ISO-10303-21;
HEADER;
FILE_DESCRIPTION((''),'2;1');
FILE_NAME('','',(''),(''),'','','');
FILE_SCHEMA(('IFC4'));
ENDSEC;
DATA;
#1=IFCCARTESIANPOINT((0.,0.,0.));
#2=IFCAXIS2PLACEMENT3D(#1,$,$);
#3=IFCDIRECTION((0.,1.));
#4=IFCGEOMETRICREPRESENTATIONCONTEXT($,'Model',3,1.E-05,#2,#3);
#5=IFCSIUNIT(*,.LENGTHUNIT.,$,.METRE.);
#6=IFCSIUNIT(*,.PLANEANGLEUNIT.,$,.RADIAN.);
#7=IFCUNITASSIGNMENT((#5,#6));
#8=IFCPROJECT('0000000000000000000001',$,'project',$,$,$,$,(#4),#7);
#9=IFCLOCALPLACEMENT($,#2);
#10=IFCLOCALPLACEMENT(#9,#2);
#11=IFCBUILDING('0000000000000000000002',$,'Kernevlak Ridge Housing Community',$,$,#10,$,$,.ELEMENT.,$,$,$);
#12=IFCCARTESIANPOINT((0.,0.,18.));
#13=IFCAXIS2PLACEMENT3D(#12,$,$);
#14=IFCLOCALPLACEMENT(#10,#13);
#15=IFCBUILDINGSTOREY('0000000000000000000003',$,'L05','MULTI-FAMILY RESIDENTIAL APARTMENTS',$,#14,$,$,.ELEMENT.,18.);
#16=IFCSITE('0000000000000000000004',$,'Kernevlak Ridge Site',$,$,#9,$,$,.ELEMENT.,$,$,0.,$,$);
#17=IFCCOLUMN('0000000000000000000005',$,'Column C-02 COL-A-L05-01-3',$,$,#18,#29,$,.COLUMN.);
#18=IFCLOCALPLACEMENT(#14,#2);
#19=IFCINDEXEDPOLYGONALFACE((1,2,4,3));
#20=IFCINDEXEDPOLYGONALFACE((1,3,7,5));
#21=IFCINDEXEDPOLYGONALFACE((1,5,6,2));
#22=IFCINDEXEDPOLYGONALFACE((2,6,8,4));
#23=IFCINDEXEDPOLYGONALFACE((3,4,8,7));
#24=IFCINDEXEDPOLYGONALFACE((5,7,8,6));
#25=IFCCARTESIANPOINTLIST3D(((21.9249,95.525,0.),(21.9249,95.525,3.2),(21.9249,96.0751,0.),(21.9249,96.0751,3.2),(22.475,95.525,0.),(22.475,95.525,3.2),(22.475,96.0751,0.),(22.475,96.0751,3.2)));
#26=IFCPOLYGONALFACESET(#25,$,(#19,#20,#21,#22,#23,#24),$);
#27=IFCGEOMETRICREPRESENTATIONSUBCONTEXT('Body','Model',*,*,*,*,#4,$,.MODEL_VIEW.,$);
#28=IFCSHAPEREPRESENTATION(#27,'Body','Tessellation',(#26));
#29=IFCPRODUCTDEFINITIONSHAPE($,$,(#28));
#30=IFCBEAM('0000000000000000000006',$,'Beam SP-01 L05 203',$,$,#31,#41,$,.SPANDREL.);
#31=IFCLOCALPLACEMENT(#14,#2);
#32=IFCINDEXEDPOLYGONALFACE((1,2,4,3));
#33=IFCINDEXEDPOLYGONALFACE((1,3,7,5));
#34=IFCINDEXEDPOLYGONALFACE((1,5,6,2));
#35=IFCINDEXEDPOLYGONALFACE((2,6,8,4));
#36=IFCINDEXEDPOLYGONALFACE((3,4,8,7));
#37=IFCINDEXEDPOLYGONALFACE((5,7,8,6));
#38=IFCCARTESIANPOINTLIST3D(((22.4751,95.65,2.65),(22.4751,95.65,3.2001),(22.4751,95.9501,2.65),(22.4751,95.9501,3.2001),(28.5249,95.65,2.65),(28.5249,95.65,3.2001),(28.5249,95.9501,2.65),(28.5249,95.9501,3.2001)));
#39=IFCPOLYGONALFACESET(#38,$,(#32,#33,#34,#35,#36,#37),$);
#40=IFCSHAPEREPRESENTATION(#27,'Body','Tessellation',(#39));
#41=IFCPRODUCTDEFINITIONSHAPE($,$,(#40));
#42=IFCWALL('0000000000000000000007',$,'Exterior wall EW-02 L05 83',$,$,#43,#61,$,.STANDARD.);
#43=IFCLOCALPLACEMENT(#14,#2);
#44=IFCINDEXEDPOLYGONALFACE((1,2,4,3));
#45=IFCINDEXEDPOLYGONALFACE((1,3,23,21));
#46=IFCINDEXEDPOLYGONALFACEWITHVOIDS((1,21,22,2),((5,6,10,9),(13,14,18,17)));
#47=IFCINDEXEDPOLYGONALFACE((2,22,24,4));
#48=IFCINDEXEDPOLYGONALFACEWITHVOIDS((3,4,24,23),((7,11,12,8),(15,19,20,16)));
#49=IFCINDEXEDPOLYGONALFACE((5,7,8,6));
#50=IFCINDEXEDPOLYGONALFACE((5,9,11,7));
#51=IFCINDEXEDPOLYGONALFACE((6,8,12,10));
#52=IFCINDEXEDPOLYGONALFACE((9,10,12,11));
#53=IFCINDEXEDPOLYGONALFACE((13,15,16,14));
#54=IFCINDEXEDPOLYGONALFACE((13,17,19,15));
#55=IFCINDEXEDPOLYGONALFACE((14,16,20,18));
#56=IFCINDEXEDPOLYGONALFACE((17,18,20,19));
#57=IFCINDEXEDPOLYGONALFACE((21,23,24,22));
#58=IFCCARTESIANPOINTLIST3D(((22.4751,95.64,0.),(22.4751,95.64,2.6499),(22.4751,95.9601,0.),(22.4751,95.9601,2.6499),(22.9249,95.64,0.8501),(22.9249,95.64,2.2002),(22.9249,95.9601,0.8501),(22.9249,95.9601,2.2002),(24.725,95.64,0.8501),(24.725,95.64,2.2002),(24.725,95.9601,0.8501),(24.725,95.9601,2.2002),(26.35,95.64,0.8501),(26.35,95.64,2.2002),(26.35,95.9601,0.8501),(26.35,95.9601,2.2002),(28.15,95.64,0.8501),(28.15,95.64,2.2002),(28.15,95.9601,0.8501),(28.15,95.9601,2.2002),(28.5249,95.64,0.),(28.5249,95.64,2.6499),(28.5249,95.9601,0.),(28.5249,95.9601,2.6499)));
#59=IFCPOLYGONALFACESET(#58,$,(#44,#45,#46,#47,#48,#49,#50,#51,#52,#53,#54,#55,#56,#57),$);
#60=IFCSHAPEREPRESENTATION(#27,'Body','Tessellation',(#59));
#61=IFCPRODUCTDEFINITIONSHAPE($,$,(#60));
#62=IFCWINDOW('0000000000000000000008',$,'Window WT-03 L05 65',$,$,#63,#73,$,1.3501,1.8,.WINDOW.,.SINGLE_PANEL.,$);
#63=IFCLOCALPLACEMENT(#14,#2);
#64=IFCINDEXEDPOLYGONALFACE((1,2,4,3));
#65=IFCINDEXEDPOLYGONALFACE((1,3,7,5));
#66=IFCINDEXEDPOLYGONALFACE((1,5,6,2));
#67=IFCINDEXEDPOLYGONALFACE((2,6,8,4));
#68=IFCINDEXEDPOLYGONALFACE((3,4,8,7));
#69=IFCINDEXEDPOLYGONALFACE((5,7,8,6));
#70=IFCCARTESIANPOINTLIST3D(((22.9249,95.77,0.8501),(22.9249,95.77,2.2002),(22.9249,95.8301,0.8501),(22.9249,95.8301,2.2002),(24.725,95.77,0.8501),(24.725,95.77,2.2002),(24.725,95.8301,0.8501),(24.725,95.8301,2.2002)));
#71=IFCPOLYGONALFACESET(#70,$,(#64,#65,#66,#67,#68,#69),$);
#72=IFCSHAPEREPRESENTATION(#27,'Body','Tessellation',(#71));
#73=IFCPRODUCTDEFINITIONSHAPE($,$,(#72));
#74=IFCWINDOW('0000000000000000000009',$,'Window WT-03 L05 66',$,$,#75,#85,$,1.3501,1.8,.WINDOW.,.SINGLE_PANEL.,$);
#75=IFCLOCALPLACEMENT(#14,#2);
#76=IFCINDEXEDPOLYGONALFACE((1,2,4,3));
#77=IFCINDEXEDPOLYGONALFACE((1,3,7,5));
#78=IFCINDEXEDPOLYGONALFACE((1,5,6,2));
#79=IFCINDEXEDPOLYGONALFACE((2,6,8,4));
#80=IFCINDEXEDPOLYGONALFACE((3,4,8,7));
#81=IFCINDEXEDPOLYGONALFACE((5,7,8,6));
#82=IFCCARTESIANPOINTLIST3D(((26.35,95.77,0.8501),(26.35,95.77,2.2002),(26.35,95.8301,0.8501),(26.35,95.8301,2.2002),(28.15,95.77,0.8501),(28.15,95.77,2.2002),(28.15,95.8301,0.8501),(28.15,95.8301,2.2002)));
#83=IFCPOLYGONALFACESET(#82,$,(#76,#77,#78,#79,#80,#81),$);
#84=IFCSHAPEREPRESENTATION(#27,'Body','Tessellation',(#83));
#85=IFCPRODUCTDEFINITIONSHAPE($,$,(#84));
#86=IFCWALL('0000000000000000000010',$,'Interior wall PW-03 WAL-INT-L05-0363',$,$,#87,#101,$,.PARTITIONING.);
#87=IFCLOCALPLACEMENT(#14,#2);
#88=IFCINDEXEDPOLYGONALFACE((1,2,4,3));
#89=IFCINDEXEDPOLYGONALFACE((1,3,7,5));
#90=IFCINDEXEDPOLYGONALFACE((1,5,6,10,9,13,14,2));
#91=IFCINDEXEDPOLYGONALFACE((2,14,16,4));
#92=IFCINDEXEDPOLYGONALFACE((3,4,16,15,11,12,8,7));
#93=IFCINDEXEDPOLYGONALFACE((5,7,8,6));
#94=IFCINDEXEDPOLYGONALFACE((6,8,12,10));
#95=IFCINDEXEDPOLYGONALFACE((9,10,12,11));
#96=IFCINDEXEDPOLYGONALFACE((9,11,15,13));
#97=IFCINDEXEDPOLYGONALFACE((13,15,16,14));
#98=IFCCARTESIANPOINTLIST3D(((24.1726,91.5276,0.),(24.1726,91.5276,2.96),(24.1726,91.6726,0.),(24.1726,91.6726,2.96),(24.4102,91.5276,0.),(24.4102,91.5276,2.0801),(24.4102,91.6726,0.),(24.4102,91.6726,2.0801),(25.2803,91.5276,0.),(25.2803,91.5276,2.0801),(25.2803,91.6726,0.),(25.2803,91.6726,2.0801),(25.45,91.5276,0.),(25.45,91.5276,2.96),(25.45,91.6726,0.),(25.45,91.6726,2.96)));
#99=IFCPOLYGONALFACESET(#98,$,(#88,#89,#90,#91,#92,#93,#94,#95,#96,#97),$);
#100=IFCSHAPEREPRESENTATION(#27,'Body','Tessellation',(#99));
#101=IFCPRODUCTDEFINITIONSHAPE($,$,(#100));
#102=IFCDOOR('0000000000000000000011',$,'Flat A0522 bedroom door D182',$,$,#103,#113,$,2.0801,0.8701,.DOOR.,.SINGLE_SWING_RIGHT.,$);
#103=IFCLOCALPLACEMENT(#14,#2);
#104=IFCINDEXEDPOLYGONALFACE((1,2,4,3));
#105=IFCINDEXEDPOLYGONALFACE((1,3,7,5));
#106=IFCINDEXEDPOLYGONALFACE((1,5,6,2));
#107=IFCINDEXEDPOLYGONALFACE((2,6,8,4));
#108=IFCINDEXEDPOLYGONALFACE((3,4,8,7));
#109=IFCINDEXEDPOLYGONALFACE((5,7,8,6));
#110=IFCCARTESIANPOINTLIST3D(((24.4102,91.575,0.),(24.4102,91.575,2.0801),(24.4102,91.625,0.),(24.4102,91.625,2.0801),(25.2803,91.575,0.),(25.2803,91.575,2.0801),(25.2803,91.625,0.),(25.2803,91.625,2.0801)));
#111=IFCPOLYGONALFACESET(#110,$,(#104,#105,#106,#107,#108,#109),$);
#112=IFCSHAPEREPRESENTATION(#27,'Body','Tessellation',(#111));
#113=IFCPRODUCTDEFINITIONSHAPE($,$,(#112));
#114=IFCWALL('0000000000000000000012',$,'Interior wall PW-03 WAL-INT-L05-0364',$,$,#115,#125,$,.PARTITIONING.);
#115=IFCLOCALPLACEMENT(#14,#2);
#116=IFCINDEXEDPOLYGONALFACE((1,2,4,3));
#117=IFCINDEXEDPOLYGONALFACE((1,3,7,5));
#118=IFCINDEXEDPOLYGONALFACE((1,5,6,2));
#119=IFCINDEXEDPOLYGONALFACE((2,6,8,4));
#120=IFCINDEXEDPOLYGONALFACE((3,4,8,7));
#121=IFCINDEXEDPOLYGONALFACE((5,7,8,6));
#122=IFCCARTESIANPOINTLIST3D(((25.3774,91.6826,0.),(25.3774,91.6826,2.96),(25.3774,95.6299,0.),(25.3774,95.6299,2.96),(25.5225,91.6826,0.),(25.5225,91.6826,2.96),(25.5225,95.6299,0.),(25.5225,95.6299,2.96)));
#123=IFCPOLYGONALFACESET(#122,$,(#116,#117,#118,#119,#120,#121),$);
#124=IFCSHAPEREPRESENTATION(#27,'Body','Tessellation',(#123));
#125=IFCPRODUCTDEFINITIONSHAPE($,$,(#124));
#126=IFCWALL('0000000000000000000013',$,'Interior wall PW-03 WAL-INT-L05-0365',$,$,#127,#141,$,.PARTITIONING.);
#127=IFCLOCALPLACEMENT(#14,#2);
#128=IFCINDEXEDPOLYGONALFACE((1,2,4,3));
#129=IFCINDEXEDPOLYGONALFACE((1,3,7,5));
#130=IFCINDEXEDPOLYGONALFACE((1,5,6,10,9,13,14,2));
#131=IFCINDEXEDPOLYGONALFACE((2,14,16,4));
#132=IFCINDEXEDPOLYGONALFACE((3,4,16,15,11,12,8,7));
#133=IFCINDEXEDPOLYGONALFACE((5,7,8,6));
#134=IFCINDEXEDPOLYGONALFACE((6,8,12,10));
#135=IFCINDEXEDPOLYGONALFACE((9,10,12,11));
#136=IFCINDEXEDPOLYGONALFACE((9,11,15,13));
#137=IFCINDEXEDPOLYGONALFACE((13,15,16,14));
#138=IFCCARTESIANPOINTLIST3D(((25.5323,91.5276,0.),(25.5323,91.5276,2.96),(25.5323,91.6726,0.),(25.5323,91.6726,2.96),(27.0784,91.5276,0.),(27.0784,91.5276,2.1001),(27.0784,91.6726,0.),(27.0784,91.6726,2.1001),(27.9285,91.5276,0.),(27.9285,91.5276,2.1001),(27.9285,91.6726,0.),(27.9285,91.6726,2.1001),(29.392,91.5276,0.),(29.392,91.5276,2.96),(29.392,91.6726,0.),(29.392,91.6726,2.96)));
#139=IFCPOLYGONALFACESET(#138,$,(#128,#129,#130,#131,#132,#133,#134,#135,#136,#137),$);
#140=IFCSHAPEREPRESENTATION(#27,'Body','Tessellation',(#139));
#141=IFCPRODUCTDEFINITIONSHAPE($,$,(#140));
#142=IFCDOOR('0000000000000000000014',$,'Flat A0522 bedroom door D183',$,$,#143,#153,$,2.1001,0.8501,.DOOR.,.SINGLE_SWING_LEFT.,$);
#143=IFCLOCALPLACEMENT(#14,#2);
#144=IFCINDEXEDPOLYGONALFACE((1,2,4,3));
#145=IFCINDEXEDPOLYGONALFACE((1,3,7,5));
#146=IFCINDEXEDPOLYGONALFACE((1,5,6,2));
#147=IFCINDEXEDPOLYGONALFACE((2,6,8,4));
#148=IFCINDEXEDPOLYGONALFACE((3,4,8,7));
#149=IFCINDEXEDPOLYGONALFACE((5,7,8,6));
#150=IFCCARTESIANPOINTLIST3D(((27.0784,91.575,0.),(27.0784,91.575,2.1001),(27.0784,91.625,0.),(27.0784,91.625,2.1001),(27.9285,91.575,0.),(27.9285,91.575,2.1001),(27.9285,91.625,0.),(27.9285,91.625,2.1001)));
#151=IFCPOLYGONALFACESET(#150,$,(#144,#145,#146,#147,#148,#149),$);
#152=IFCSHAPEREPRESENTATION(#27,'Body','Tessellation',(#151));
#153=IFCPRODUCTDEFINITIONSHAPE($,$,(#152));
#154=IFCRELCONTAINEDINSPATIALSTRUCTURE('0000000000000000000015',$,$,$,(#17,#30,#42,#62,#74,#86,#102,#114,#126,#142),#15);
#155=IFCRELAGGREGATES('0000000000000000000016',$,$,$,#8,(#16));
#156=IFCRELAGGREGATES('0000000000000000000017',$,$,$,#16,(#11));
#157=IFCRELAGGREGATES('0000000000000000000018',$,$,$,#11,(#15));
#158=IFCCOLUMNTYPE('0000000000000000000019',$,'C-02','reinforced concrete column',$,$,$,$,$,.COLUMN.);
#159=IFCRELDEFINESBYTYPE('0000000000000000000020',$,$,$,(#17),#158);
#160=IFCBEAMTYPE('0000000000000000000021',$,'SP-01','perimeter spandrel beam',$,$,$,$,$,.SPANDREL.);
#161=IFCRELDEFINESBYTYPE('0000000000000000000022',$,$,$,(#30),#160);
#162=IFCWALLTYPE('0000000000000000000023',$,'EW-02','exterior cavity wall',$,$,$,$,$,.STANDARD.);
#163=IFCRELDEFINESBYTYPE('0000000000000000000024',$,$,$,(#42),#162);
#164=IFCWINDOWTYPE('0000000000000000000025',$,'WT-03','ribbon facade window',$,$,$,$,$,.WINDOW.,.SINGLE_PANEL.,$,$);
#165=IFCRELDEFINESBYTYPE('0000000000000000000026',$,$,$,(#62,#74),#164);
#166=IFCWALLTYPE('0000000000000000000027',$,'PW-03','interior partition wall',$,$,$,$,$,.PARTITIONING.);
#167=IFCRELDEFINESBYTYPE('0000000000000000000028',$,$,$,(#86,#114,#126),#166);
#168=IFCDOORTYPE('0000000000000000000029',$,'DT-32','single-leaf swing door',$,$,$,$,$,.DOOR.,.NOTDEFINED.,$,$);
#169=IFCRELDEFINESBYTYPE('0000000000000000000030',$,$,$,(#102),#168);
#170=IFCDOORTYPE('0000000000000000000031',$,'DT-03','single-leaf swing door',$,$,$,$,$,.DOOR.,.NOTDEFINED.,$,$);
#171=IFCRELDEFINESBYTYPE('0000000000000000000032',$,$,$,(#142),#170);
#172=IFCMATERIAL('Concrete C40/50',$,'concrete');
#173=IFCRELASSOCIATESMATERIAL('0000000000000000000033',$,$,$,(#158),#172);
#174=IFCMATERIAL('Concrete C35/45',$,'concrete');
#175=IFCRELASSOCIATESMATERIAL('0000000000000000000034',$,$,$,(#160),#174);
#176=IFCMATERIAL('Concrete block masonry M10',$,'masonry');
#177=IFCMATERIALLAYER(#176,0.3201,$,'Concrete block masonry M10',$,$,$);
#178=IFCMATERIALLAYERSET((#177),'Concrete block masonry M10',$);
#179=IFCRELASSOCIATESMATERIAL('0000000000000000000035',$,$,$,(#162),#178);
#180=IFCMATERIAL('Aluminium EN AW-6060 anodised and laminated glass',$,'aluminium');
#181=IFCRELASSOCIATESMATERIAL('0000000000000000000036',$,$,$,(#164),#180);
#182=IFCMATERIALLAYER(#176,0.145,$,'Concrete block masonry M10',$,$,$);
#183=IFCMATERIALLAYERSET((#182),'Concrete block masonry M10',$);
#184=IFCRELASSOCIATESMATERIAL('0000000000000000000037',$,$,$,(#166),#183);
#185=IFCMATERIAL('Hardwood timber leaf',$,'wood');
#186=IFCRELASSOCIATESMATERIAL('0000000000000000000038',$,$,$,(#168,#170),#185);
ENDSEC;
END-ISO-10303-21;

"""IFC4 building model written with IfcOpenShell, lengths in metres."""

from ifc_helpers import new_model, si_unit, direction, frame, frame_2d, origin, origin_2d, place, context, subcontext, project, spatial, rectangle, extrude, material, layer, layer_set, material_profile, profile_set, type_object, element, fill, save


model = new_model("IFC4")

# Units and contexts
model_context = context("Model", 3, precision=1e-05, world=origin(), true_north=direction((0.0, 1.0)))
body_context = subcontext(model_context, "Body", "Model", "MODEL_VIEW")
ifc_project = project(units=[si_unit("LENGTHUNIT", "METRE"), si_unit("PLANEANGLEUNIT", "RADIAN")], contexts=[model_context])

# Site, building, storey
site_placement = place(None, origin())
site = spatial("IfcSite", under=ifc_project, at=site_placement, Name="Kernevlak Ridge Site", CompositionType="ELEMENT", RefElevation=0.0)
building_placement = place(site_placement, origin())
building = spatial("IfcBuilding", under=site, at=building_placement, Name="Kernevlak Ridge Housing Community", CompositionType="ELEMENT")
storey_placement = place(building_placement, frame((0.0, 0.0, 18.0)))
storey = spatial("IfcBuildingStorey", under=building, at=storey_placement, Name="L05", Description="MULTI-FAMILY RESIDENTIAL APARTMENTS", CompositionType="ELEMENT", Elevation=18.0)

# Column
ifc_material_1 = material(Name="Concrete C40/50", Category="concrete")
ifc_material_profile_1 = material_profile(ifc_material_1, rectangle(XDim=0.55, YDim=0.55, at=origin_2d()), Name="RC 550x550")
ifc_profile_set_1 = profile_set([ifc_material_profile_1], Name="Concrete C40/50")
column_type = type_object("IfcColumnType", Name="C-02", Description="reinforced concrete column", PredefinedType="COLUMN", material=ifc_profile_set_1)
column_placement = place(storey_placement, frame((22.2, 95.8, 0.0), z_axis=(0.0, 0.0, 1.0), x_axis=(1.0, 0.0, 0.0)))
element("IfcColumn", 1, at=column_placement, inside=storey, type_object=column_type, Name="Column C-02 COL-A-L05-01-3", PredefinedType="COLUMN", context=body_context, shape_type="SweptSolid", body=[
    extrude(rectangle(XDim=0.55, YDim=0.55, at=origin_2d()), origin(), (0.0, 0.0, 1.0), 3.2),
])

# Beam
ifc_material_2 = material(Name="Concrete C35/45", Category="concrete")
ifc_material_profile_2 = material_profile(ifc_material_2, rectangle(XDim=0.3, YDim=0.55, at=origin_2d()), Name="RC 300x550")
ifc_profile_set_2 = profile_set([ifc_material_profile_2], Name="Concrete C35/45")
beam_type = type_object("IfcBeamType", Name="SP-01", Description="perimeter spandrel beam", PredefinedType="SPANDREL", material=ifc_profile_set_2)
beam_placement = place(storey_placement, frame((22.4751, 95.8, 2.925), z_axis=(1.0, 0.0, 0.0), x_axis=(0.0, 1.0, 0.0)))
element("IfcBeam", 2, at=beam_placement, inside=storey, type_object=beam_type, Name="Beam SP-01 L05 203", PredefinedType="SPANDREL", context=body_context, shape_type="SweptSolid", body=[
    extrude(rectangle(XDim=0.3, YDim=0.55, at=origin_2d()), origin(), (0.0, 0.0, 1.0), 6.0498),
])

# Wall, openings, windows
ifc_material_3 = material(Name="Concrete block masonry M10", Category="masonry")
ifc_layer_1 = layer(ifc_material_3, 0.3201, Name="Concrete block masonry M10")
ifc_layer_set_1 = layer_set([ifc_layer_1], Name="Concrete block masonry M10")
wall_type_1 = type_object("IfcWallType", Name="EW-02", Description="exterior cavity wall", PredefinedType="STANDARD", material=ifc_layer_set_1)
wall_1_placement = place(storey_placement, frame((22.4751, 95.8, 0.0), z_axis=(0.0, 0.0, 1.0), x_axis=(1.0, 0.0, 0.0)))
wall_1 = element("IfcWall", 3, at=wall_1_placement, inside=storey, type_object=wall_type_1, Name="Exterior wall EW-02 L05 83", PredefinedType="STANDARD", context=body_context, shape_type="SweptSolid", body=[
    extrude(rectangle(XDim=6.0498, YDim=0.3201, at=frame_2d((3.0249, 0.0))), origin(), (0.0, 0.0, 1.0), 2.6499),
])
opening_1_placement = place(wall_1_placement, frame((0.45, 0.0, 0.8501)))
opening_1 = element("IfcOpeningElement", 4, at=opening_1_placement, cuts=wall_1, PredefinedType="OPENING", context=body_context, shape_type="SweptSolid", body=[
    extrude(rectangle(XDim=1.8, YDim=1.3501, at=frame_2d((0.8999, 0.675))), frame((0.0, 0.1699, 0.0), z_axis=(0.0, -1.0, 0.0), x_axis=(1.0, 0.0, 0.0)), (0.0, 0.0, 1.0), 0.3401),
])
opening_2_placement = place(wall_1_placement, frame((3.875, 0.0, 0.8501)))
opening_2 = element("IfcOpeningElement", 5, at=opening_2_placement, cuts=wall_1, PredefinedType="OPENING", context=body_context, shape_type="SweptSolid", body=[
    extrude(rectangle(XDim=1.8, YDim=1.3501, at=frame_2d((0.8999, 0.675))), frame((0.0, 0.1699, 0.0), z_axis=(0.0, -1.0, 0.0), x_axis=(1.0, 0.0, 0.0)), (0.0, 0.0, 1.0), 0.3401),
])
ifc_material_4 = material(Name="Aluminium EN AW-6060 anodised and laminated glass", Category="aluminium")
window_type = type_object("IfcWindowType", Name="WT-03", Description="ribbon facade window", PartitioningType="SINGLE_PANEL", PredefinedType="WINDOW", material=ifc_material_4)
window_1_placement = place(opening_1_placement, origin())
window_1 = element("IfcWindow", 6, at=window_1_placement, inside=storey, type_object=window_type, Name="Window WT-03 L05 65", OverallHeight=1.3501, OverallWidth=1.8, PartitioningType="SINGLE_PANEL", PredefinedType="WINDOW", context=body_context, shape_type="SweptSolid", body=[
    extrude(rectangle(XDim=1.8, YDim=1.3501, at=frame_2d((0.8999, 0.675))), frame((0.0, 0.03, 0.0), z_axis=(0.0, -1.0, 0.0), x_axis=(1.0, 0.0, 0.0)), (0.0, 0.0, 1.0), 0.0601),
])
fill(opening_1, window_1)
window_2_placement = place(opening_2_placement, origin())
window_2 = element("IfcWindow", 7, at=window_2_placement, inside=storey, type_object=window_type, Name="Window WT-03 L05 66", OverallHeight=1.3501, OverallWidth=1.8, PartitioningType="SINGLE_PANEL", PredefinedType="WINDOW", context=body_context, shape_type="SweptSolid", body=[
    extrude(rectangle(XDim=1.8, YDim=1.3501, at=frame_2d((0.8999, 0.675))), frame((0.0, 0.03, 0.0), z_axis=(0.0, -1.0, 0.0), x_axis=(1.0, 0.0, 0.0)), (0.0, 0.0, 1.0), 0.0601),
])
fill(opening_2, window_2)

# Wall, opening, door
ifc_layer_2 = layer(ifc_material_3, 0.145, Name="Concrete block masonry M10")
ifc_layer_set_2 = layer_set([ifc_layer_2], Name="Concrete block masonry M10")
wall_type_2 = type_object("IfcWallType", Name="PW-03", Description="interior partition wall", PredefinedType="PARTITIONING", material=ifc_layer_set_2)
wall_2_placement = place(storey_placement, frame((24.1726, 91.6001, 0.0), z_axis=(0.0, 0.0, 1.0), x_axis=(1.0, 0.0, 0.0)))
wall_2 = element("IfcWall", 8, at=wall_2_placement, inside=storey, type_object=wall_type_2, Name="Interior wall PW-03 WAL-INT-L05-0363", PredefinedType="PARTITIONING", context=body_context, shape_type="SweptSolid", body=[
    extrude(rectangle(XDim=1.2773, YDim=0.145, at=frame_2d((0.6387, 0.0))), origin(), (0.0, 0.0, 1.0), 2.96),
])
opening_3_placement = place(wall_2_placement, frame((0.2375, 0.0, 0.0)))
opening_3 = element("IfcOpeningElement", 9, at=opening_3_placement, cuts=wall_2, PredefinedType="OPENING", context=body_context, shape_type="SweptSolid", body=[
    extrude(rectangle(XDim=0.8701, YDim=2.0801, at=frame_2d((0.4351, 1.04))), frame((0.0, 0.0825, 0.0), z_axis=(0.0, -1.0, 0.0), x_axis=(1.0, 0.0, 0.0)), (0.0, 0.0, 1.0), 0.165),
])
ifc_material_5 = material(Name="Hardwood timber leaf", Category="wood")
door_type_1 = type_object("IfcDoorType", Name="DT-32", Description="single-leaf swing door", OperationType="NOTDEFINED", PredefinedType="DOOR", material=ifc_material_5)
door_1_placement = place(opening_3_placement, origin())
door_1 = element("IfcDoor", 10, at=door_1_placement, inside=storey, type_object=door_type_1, Name="Flat A0522 bedroom door D182", OperationType="SINGLE_SWING_RIGHT", OverallHeight=2.0801, OverallWidth=0.8701, PredefinedType="DOOR", context=body_context, shape_type="SweptSolid", body=[
    extrude(rectangle(XDim=0.8701, YDim=2.0801, at=frame_2d((0.4351, 1.04))), frame((0.0, 0.0249, 0.0), z_axis=(0.0, -1.0, 0.0), x_axis=(1.0, 0.0, 0.0)), (0.0, 0.0, 1.0), 0.05),
])
fill(opening_3, door_1)

# Wall
wall_3_placement = place(storey_placement, frame((25.45, 91.6826, 0.0), z_axis=(0.0, 0.0, 1.0), x_axis=(0.0, 1.0, 0.0)))
element("IfcWall", 11, at=wall_3_placement, inside=storey, type_object=wall_type_2, Name="Interior wall PW-03 WAL-INT-L05-0364", PredefinedType="PARTITIONING", context=body_context, shape_type="SweptSolid", body=[
    extrude(rectangle(XDim=3.9473, YDim=0.145, at=frame_2d((1.9736, 0.0))), origin(), (0.0, 0.0, 1.0), 2.96),
])

# Wall, opening, door
wall_4_placement = place(storey_placement, frame((25.5325, 91.6001, 0.0), z_axis=(0.0, 0.0, 1.0), x_axis=(1.0, 0.0, 0.0)))
wall_4 = element("IfcWall", 12, at=wall_4_placement, inside=storey, type_object=wall_type_2, Name="Interior wall PW-03 WAL-INT-L05-0365", PredefinedType="PARTITIONING", context=body_context, shape_type="SweptSolid", body=[
    extrude(rectangle(XDim=3.8596, YDim=0.145, at=frame_2d((1.9297, 0.0))), origin(), (0.0, 0.0, 1.0), 2.96),
])
opening_4_placement = place(wall_4_placement, frame((1.5459, 0.0, 0.0)))
opening_4 = element("IfcOpeningElement", 13, at=opening_4_placement, cuts=wall_4, PredefinedType="OPENING", context=body_context, shape_type="SweptSolid", body=[
    extrude(rectangle(XDim=0.8501, YDim=2.1001, at=frame_2d((0.425, 1.05))), frame((0.0, 0.0825, 0.0), z_axis=(0.0, -1.0, 0.0), x_axis=(1.0, 0.0, 0.0)), (0.0, 0.0, 1.0), 0.165),
])
door_type_2 = type_object("IfcDoorType", Name="DT-03", Description="single-leaf swing door", OperationType="NOTDEFINED", PredefinedType="DOOR", material=ifc_material_5)
door_2_placement = place(opening_4_placement, origin())
door_2 = element("IfcDoor", 14, at=door_2_placement, inside=storey, type_object=door_type_2, Name="Flat A0522 bedroom door D183", OperationType="SINGLE_SWING_LEFT", OverallHeight=2.1001, OverallWidth=0.8501, PredefinedType="DOOR", context=body_context, shape_type="SweptSolid", body=[
    extrude(rectangle(XDim=0.8501, YDim=2.1001, at=frame_2d((0.425, 1.05))), frame((0.0, 0.0249, 0.0), z_axis=(0.0, -1.0, 0.0), x_axis=(1.0, 0.0, 0.0)), (0.0, 0.0, 1.0), 0.05),
])
fill(opening_4, door_2)

save(model, "model.ifc")
